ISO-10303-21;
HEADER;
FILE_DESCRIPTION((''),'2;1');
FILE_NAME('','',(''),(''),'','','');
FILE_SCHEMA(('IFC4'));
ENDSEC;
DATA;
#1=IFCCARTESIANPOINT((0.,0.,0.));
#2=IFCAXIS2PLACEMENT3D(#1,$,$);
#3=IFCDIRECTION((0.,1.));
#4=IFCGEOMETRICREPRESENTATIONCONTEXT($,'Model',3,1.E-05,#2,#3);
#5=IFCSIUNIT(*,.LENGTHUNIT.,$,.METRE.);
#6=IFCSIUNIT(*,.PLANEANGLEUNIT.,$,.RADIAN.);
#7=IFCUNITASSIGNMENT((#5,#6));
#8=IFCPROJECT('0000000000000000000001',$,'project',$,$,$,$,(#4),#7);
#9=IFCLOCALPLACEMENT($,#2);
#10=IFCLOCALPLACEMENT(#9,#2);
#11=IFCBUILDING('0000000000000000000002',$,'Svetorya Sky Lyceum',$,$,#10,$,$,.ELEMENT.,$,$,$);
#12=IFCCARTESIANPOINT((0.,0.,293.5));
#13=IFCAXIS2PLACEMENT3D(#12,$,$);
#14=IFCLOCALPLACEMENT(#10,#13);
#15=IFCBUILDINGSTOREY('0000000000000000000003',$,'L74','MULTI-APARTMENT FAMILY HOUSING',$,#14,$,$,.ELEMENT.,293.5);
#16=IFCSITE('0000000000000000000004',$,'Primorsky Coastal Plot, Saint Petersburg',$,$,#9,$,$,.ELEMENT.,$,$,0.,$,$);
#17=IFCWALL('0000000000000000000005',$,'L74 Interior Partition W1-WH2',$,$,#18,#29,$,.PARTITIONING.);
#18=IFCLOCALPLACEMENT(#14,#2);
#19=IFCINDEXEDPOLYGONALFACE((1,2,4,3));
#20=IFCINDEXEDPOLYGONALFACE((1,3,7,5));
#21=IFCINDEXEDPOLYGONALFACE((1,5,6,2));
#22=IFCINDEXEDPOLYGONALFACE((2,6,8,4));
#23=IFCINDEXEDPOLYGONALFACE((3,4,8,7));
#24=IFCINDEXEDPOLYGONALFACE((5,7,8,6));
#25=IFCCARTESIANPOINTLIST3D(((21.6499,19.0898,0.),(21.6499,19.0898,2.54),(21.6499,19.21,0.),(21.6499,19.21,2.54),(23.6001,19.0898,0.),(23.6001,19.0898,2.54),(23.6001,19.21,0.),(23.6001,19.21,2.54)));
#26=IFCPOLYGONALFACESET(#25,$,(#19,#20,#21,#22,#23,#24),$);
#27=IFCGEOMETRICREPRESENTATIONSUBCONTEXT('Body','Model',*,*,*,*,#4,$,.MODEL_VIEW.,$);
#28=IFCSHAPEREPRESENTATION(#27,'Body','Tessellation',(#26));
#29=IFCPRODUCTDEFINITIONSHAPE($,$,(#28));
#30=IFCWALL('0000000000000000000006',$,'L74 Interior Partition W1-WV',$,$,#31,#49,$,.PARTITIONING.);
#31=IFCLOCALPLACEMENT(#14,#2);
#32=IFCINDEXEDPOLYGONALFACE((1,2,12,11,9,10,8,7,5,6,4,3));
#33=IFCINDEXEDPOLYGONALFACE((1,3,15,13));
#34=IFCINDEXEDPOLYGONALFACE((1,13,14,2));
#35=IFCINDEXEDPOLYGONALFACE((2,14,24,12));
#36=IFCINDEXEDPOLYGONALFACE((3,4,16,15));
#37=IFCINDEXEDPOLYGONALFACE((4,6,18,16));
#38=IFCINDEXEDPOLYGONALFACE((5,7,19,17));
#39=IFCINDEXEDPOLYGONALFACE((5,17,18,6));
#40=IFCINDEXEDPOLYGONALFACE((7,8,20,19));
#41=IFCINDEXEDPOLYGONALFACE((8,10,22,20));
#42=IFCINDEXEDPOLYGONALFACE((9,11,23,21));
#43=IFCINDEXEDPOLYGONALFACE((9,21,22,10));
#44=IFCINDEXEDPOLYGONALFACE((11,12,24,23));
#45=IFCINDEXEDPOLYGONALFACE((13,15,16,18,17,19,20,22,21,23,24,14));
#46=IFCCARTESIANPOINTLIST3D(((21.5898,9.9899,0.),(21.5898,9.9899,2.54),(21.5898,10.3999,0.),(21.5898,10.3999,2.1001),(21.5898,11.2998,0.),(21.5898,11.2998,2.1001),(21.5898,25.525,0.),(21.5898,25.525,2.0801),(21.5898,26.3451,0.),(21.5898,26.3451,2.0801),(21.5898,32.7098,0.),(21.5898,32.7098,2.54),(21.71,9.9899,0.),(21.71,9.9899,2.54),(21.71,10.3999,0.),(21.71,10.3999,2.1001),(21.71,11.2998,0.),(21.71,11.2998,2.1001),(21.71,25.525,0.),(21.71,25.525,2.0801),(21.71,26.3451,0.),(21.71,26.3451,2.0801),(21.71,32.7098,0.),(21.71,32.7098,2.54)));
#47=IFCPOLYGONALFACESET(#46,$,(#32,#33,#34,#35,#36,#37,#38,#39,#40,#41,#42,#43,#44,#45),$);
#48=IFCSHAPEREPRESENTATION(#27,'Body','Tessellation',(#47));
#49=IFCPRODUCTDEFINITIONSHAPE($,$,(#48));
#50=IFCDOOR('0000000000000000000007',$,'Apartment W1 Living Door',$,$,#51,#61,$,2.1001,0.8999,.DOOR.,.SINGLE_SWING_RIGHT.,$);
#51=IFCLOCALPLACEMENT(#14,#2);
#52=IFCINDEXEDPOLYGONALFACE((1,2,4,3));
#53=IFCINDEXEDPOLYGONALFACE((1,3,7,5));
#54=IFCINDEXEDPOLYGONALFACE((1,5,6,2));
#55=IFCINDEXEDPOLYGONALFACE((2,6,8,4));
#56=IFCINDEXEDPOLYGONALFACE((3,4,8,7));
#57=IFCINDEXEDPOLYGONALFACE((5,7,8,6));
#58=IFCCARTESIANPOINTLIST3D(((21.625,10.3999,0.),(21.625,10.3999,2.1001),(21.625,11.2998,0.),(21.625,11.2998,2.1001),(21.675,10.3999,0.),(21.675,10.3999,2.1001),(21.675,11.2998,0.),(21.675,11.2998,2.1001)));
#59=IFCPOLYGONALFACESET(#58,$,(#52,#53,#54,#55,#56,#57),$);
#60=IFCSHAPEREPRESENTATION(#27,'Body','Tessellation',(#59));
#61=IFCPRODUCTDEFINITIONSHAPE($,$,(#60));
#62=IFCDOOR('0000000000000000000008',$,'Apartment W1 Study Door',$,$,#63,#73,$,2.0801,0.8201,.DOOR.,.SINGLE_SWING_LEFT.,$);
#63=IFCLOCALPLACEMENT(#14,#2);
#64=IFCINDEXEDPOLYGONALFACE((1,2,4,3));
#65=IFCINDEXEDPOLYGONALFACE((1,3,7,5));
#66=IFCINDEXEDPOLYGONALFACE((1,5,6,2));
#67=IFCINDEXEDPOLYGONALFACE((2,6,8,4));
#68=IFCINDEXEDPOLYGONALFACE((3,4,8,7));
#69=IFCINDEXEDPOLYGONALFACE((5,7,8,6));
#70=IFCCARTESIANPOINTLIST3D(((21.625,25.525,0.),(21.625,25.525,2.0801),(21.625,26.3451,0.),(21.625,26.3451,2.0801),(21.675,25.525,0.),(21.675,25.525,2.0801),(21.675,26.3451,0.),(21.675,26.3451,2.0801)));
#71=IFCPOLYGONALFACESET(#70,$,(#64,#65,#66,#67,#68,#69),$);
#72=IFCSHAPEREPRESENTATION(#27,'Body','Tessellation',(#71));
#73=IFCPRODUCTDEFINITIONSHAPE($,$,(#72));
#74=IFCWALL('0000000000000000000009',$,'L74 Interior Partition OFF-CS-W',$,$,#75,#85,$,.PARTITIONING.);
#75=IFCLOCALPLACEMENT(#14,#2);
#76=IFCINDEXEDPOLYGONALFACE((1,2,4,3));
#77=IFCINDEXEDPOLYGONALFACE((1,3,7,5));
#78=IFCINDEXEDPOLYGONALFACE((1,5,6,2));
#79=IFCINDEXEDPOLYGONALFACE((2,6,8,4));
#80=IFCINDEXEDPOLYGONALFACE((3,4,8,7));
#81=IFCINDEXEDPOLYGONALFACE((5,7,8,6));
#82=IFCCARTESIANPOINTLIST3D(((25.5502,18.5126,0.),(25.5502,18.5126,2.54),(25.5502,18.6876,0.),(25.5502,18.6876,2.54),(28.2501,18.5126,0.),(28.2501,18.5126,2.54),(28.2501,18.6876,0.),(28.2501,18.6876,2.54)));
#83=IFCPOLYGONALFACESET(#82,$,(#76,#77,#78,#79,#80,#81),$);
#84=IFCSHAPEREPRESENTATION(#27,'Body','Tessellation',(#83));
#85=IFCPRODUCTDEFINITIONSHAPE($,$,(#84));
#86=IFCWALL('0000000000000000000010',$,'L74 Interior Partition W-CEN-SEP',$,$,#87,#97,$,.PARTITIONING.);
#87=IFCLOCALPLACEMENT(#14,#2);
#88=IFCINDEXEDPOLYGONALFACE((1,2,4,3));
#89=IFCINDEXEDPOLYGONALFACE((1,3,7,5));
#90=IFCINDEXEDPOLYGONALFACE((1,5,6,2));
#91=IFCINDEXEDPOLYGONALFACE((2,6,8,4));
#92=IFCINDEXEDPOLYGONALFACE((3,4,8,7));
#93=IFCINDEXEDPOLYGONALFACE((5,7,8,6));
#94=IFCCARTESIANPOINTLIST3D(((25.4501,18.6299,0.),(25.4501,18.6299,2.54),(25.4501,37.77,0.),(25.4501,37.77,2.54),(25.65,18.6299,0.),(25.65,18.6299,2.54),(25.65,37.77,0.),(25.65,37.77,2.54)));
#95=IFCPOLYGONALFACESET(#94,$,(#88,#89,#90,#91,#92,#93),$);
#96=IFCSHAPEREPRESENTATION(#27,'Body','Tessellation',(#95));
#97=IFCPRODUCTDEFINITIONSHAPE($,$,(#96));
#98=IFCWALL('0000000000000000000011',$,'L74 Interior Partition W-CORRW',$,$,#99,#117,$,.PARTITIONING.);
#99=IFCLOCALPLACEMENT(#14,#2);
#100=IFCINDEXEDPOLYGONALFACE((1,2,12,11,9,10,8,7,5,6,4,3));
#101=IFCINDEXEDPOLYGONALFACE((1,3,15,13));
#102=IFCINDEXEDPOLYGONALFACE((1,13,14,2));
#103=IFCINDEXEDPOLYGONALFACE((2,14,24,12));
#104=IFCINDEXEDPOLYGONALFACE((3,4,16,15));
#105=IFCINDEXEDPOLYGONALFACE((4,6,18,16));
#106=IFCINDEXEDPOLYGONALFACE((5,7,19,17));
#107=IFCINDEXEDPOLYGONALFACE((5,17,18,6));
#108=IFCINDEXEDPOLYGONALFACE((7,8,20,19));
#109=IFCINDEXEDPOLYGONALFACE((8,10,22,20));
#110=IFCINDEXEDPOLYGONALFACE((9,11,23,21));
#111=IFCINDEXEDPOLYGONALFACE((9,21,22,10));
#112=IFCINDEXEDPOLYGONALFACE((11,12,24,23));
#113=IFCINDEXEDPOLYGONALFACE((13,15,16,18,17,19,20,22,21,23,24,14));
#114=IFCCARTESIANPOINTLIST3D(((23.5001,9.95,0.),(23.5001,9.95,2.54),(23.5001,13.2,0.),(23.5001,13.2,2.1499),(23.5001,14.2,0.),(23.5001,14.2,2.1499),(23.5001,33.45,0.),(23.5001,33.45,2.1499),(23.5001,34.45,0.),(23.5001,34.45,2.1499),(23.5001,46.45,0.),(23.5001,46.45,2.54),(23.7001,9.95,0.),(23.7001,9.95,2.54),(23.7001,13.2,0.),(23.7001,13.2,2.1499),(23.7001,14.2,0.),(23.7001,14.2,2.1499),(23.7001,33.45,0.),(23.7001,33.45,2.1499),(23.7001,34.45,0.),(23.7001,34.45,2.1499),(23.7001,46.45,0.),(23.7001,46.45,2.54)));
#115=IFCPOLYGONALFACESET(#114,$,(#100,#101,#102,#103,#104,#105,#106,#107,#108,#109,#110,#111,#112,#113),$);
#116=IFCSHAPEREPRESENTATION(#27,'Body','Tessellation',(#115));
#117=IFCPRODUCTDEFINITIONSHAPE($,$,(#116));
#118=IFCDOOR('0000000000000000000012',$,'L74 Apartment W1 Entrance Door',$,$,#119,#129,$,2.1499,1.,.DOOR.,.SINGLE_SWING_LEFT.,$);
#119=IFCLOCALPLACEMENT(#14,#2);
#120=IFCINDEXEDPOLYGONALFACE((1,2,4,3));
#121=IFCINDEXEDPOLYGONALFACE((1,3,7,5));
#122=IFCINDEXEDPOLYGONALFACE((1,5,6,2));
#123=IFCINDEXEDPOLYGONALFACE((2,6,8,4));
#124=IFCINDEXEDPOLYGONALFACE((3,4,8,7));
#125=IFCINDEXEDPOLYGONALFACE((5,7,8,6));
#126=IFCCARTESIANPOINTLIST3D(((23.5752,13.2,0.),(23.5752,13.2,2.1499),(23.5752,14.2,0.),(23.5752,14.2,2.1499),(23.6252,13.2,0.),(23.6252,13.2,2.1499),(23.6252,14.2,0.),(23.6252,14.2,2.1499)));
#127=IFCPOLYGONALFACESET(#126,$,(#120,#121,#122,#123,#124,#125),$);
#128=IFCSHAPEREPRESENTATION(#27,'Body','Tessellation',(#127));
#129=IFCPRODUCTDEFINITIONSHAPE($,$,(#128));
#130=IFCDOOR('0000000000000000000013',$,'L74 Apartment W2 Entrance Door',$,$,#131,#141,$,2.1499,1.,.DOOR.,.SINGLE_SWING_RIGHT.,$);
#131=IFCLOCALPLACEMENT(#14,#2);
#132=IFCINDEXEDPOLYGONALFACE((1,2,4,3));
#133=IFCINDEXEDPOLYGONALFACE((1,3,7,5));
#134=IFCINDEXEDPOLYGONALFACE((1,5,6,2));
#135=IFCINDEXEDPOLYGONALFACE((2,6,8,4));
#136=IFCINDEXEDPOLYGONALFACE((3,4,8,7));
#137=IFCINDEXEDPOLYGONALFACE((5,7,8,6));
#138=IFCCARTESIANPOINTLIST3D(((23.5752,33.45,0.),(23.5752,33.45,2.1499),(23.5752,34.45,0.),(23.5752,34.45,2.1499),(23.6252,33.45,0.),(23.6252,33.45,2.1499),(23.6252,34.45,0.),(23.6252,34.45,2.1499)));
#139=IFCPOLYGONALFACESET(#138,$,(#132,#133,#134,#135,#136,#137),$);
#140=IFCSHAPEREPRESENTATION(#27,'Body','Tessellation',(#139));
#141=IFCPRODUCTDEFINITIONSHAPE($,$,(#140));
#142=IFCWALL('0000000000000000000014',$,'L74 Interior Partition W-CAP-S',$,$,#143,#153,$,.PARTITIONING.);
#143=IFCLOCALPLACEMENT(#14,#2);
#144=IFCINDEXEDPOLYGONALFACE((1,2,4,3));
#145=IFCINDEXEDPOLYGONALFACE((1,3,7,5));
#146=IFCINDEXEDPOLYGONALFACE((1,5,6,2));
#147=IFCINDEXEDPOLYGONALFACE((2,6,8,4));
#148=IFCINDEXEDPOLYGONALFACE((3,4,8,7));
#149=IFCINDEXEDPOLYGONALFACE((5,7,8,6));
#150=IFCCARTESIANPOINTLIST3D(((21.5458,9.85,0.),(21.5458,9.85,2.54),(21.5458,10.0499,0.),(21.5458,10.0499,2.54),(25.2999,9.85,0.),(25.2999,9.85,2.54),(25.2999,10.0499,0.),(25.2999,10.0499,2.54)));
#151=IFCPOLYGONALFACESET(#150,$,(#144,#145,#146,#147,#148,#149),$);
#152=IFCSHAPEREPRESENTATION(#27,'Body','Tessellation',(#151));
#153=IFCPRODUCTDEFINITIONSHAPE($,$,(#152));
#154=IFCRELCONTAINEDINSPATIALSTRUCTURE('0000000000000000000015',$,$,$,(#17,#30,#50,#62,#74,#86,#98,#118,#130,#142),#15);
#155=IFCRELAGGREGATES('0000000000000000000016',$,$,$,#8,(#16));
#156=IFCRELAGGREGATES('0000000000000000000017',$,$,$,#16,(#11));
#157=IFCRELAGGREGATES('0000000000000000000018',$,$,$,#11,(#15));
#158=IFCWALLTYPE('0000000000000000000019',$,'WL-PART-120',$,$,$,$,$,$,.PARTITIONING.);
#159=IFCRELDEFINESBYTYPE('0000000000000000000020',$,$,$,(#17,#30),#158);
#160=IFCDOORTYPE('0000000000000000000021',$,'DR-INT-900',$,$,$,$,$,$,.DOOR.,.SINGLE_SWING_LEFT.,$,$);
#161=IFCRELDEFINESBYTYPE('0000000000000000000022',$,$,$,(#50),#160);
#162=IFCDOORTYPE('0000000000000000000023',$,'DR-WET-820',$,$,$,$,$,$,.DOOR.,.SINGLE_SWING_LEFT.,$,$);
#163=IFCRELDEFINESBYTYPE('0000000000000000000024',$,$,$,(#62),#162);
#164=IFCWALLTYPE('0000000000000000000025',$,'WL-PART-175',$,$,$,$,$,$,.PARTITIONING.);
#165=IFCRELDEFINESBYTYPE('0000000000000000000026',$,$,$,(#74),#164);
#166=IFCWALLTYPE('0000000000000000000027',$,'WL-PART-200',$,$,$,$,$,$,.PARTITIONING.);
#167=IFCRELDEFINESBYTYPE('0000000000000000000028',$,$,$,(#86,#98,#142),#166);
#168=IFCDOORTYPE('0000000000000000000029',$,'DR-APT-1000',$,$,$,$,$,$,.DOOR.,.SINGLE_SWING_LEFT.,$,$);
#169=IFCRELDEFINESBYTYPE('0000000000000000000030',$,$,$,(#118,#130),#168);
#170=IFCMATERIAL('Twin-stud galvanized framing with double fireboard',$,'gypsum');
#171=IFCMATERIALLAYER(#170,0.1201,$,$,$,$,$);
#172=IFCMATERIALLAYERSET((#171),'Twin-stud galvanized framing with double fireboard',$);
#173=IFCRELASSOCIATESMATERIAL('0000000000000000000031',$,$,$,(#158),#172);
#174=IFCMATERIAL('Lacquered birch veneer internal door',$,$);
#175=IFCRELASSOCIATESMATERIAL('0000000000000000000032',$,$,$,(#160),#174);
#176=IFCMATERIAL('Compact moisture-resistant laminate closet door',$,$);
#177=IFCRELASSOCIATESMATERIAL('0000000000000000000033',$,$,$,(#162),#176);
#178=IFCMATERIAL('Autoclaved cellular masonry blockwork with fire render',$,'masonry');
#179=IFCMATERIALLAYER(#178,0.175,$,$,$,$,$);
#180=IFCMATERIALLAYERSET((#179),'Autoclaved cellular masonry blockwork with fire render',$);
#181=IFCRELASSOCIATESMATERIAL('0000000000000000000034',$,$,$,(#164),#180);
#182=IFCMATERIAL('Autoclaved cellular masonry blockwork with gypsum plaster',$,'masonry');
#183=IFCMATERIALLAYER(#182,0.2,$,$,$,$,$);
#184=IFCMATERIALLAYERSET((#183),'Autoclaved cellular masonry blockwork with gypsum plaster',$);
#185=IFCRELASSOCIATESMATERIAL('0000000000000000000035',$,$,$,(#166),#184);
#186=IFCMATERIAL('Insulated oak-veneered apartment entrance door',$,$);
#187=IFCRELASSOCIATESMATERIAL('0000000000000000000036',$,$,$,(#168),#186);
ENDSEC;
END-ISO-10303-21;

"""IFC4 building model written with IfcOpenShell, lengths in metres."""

from ifc_helpers import new_model, si_unit, direction, frame, frame_2d, origin, place, context, subcontext, project, spatial, rectangle, extrude, material, layer, layer_set, type_object, element, fill, save


model = new_model("IFC4")

# Units and contexts
model_context = context("Model", 3, precision=1e-05, world=origin(), true_north=direction((0.0, 1.0)))
body_context = subcontext(model_context, "Body", "Model", "MODEL_VIEW")
ifc_project = project(units=[si_unit("LENGTHUNIT", "METRE"), si_unit("PLANEANGLEUNIT", "RADIAN")], contexts=[model_context])

# Site, building, storey
site_placement = place(None, origin())
site = spatial("IfcSite", under=ifc_project, at=site_placement, Name="Primorsky Coastal Plot, Saint Petersburg", CompositionType="ELEMENT", RefElevation=0.0)
building_placement = place(site_placement, origin())
building = spatial("IfcBuilding", under=site, at=building_placement, Name="Svetorya Sky Lyceum", CompositionType="ELEMENT")
storey_placement = place(building_placement, frame((0.0, 0.0, 293.5)))
storey = spatial("IfcBuildingStorey", under=building, at=storey_placement, Name="L74", Description="MULTI-APARTMENT FAMILY HOUSING", CompositionType="ELEMENT", Elevation=293.5)

# Shared definitions
ifc_material_1 = material(Name="Twin-stud galvanized framing with double fireboard", Category="gypsum")
ifc_layer_1 = layer(ifc_material_1, 0.1201)
ifc_layer_set_1 = layer_set([ifc_layer_1], Name="Twin-stud galvanized framing with double fireboard")
wall_type_1 = type_object("IfcWallType", Name="WL-PART-120", PredefinedType="PARTITIONING", material=ifc_layer_set_1)

# Wall
wall_1_placement = place(storey_placement, frame((21.6499, 19.1499, 0.0), z_axis=(0.0, 0.0, 1.0), x_axis=(1.0, 0.0, 0.0)))
element("IfcWall", 1, at=wall_1_placement, inside=storey, type_object=wall_type_1, Name="L74 Interior Partition W1-WH2", PredefinedType="PARTITIONING", context=body_context, shape_type="SweptSolid", body=[
    extrude(rectangle(XDim=1.9502, YDim=0.1201, at=frame_2d((0.9751, 0.0))), origin(), (0.0, 0.0, 1.0), 2.54),
])

# Wall, openings, doors
wall_2_placement = place(storey_placement, frame((21.6499, 9.99, 0.0), z_axis=(0.0, 0.0, 1.0), x_axis=(0.0, 1.0, 0.0)))
wall_2 = element("IfcWall", 2, at=wall_2_placement, inside=storey, type_object=wall_type_1, Name="L74 Interior Partition W1-WV", PredefinedType="PARTITIONING", context=body_context, shape_type="SweptSolid", body=[
    extrude(rectangle(XDim=22.72, YDim=0.1201, at=frame_2d((11.3599, 0.0))), origin(), (0.0, 0.0, 1.0), 2.54),
])
opening_1_placement = place(wall_2_placement, frame((0.4099, 0.0, 0.0)))
opening_1 = element("IfcOpeningElement", 3, at=opening_1_placement, cuts=wall_2, PredefinedType="OPENING", context=body_context, shape_type="SweptSolid", body=[
    extrude(rectangle(XDim=0.8999, YDim=2.1001, at=frame_2d((0.45, 1.05))), frame((0.0, 0.0701, 0.0), z_axis=(0.0, -1.0, 0.0), x_axis=(1.0, 0.0, 0.0)), (0.0, 0.0, 1.0), 0.1401),
])
opening_2_placement = place(wall_2_placement, frame((15.5349, 0.0, 0.0)))
opening_2 = element("IfcOpeningElement", 4, at=opening_2_placement, cuts=wall_2, PredefinedType="OPENING", context=body_context, shape_type="SweptSolid", body=[
    extrude(rectangle(XDim=0.8201, YDim=2.0801, at=frame_2d((0.4102, 1.04))), frame((0.0, 0.0701, 0.0), z_axis=(0.0, -1.0, 0.0), x_axis=(1.0, 0.0, 0.0)), (0.0, 0.0, 1.0), 0.1401),
])
ifc_material_2 = material(Name="Lacquered birch veneer internal door")
door_type_1 = type_object("IfcDoorType", Name="DR-INT-900", OperationType="SINGLE_SWING_LEFT", PredefinedType="DOOR", material=ifc_material_2)
door_1_placement = place(opening_1_placement, origin())
door_1 = element("IfcDoor", 5, at=door_1_placement, inside=storey, type_object=door_type_1, Name="Apartment W1 Living Door", OperationType="SINGLE_SWING_RIGHT", OverallHeight=2.1001, OverallWidth=0.8999, PredefinedType="DOOR", context=body_context, shape_type="SweptSolid", body=[
    extrude(rectangle(XDim=0.8999, YDim=2.1001, at=frame_2d((0.45, 1.05))), frame((0.0, 0.0249, 0.0), z_axis=(0.0, -1.0, 0.0), x_axis=(1.0, 0.0, 0.0)), (0.0, 0.0, 1.0), 0.05),
])
fill(opening_1, door_1)
ifc_material_3 = material(Name="Compact moisture-resistant laminate closet door")
door_type_2 = type_object("IfcDoorType", Name="DR-WET-820", OperationType="SINGLE_SWING_LEFT", PredefinedType="DOOR", material=ifc_material_3)
door_2_placement = place(opening_2_placement, origin())
door_2 = element("IfcDoor", 6, at=door_2_placement, inside=storey, type_object=door_type_2, Name="Apartment W1 Study Door", OperationType="SINGLE_SWING_LEFT", OverallHeight=2.0801, OverallWidth=0.8201, PredefinedType="DOOR", context=body_context, shape_type="SweptSolid", body=[
    extrude(rectangle(XDim=0.8201, YDim=2.0801, at=frame_2d((0.4102, 1.04))), frame((0.0, 0.0249, 0.0), z_axis=(0.0, -1.0, 0.0), x_axis=(1.0, 0.0, 0.0)), (0.0, 0.0, 1.0), 0.05),
])
fill(opening_2, door_2)

# Walls
ifc_material_4 = material(Name="Autoclaved cellular masonry blockwork with fire render", Category="masonry")
ifc_layer_2 = layer(ifc_material_4, 0.175)
ifc_layer_set_2 = layer_set([ifc_layer_2], Name="Autoclaved cellular masonry blockwork with fire render")
wall_type_2 = type_object("IfcWallType", Name="WL-PART-175", PredefinedType="PARTITIONING", material=ifc_layer_set_2)
wall_3_placement = place(storey_placement, frame((25.55, 18.6001, 0.0), z_axis=(0.0, 0.0, 1.0), x_axis=(1.0, 0.0, 0.0)))
element("IfcWall", 7, at=wall_3_placement, inside=storey, type_object=wall_type_2, Name="L74 Interior Partition OFF-CS-W", PredefinedType="PARTITIONING", context=body_context, shape_type="SweptSolid", body=[
    extrude(rectangle(XDim=2.7, YDim=0.175, at=frame_2d((1.3501, 0.0))), origin(), (0.0, 0.0, 1.0), 2.54),
])
ifc_material_5 = material(Name="Autoclaved cellular masonry blockwork with gypsum plaster", Category="masonry")
ifc_layer_3 = layer(ifc_material_5, 0.2)
ifc_layer_set_3 = layer_set([ifc_layer_3], Name="Autoclaved cellular masonry blockwork with gypsum plaster")
wall_type_3 = type_object("IfcWallType", Name="WL-PART-200", PredefinedType="PARTITIONING", material=ifc_layer_set_3)
wall_4_placement = place(storey_placement, frame((25.55, 18.6299, 0.0), z_axis=(0.0, 0.0, 1.0), x_axis=(0.0, 1.0, 0.0)))
element("IfcWall", 8, at=wall_4_placement, inside=storey, type_object=wall_type_3, Name="L74 Interior Partition W-CEN-SEP", PredefinedType="PARTITIONING", context=body_context, shape_type="SweptSolid", body=[
    extrude(rectangle(XDim=19.1401, YDim=0.2, at=frame_2d((9.5701, 0.0))), origin(), (0.0, 0.0, 1.0), 2.54),
])

# Wall, openings, doors
wall_5_placement = place(storey_placement, frame((23.6001, 9.95, 0.0), z_axis=(0.0, 0.0, 1.0), x_axis=(0.0, 1.0, 0.0)))
wall_5 = element("IfcWall", 9, at=wall_5_placement, inside=storey, type_object=wall_type_3, Name="L74 Interior Partition W-CORRW", PredefinedType="PARTITIONING", context=body_context, shape_type="SweptSolid", body=[
    extrude(rectangle(XDim=36.5, YDim=0.2, at=frame_2d((18.25, 0.0))), origin(), (0.0, 0.0, 1.0), 2.54),
])
opening_3_placement = place(wall_5_placement, frame((3.25, 0.0, 0.0)))
opening_3 = element("IfcOpeningElement", 10, at=opening_3_placement, cuts=wall_5, PredefinedType="OPENING", context=body_context, shape_type="SweptSolid", body=[
    extrude(rectangle(XDim=1.0, YDim=2.1499, at=frame_2d((0.5, 1.075))), frame((0.0, 0.1099, 0.0), z_axis=(0.0, -1.0, 0.0), x_axis=(1.0, 0.0, 0.0)), (0.0, 0.0, 1.0), 0.22),
])
opening_4_placement = place(wall_5_placement, frame((23.5, 0.0, 0.0)))
opening_4 = element("IfcOpeningElement", 11, at=opening_4_placement, cuts=wall_5, PredefinedType="OPENING", context=body_context, shape_type="SweptSolid", body=[
    extrude(rectangle(XDim=1.0, YDim=2.1499, at=frame_2d((0.5, 1.075))), frame((0.0, 0.1099, 0.0), z_axis=(0.0, -1.0, 0.0), x_axis=(1.0, 0.0, 0.0)), (0.0, 0.0, 1.0), 0.22),
])
ifc_material_6 = material(Name="Insulated oak-veneered apartment entrance door")
door_type_3 = type_object("IfcDoorType", Name="DR-APT-1000", OperationType="SINGLE_SWING_LEFT", PredefinedType="DOOR", material=ifc_material_6)
door_3_placement = place(opening_3_placement, origin())
door_3 = element("IfcDoor", 12, at=door_3_placement, inside=storey, type_object=door_type_3, Name="L74 Apartment W1 Entrance Door", OperationType="SINGLE_SWING_LEFT", OverallHeight=2.1499, OverallWidth=1.0, PredefinedType="DOOR", context=body_context, shape_type="SweptSolid", body=[
    extrude(rectangle(XDim=1.0, YDim=2.1499, at=frame_2d((0.5, 1.075))), frame((0.0, 0.0249, 0.0), z_axis=(0.0, -1.0, 0.0), x_axis=(1.0, 0.0, 0.0)), (0.0, 0.0, 1.0), 0.05),
])
fill(opening_3, door_3)
door_4_placement = place(opening_4_placement, origin())
door_4 = element("IfcDoor", 13, at=door_4_placement, inside=storey, type_object=door_type_3, Name="L74 Apartment W2 Entrance Door", OperationType="SINGLE_SWING_RIGHT", OverallHeight=2.1499, OverallWidth=1.0, PredefinedType="DOOR", context=body_context, shape_type="SweptSolid", body=[
    extrude(rectangle(XDim=1.0, YDim=2.1499, at=frame_2d((0.5, 1.075))), frame((0.0, 0.0249, 0.0), z_axis=(0.0, -1.0, 0.0), x_axis=(1.0, 0.0, 0.0)), (0.0, 0.0, 1.0), 0.05),
])
fill(opening_4, door_4)

# Wall
wall_6_placement = place(storey_placement, frame((21.5459, 9.95, 0.0), z_axis=(0.0, 0.0, 1.0), x_axis=(1.0, 0.0, 0.0)))
element("IfcWall", 14, at=wall_6_placement, inside=storey, type_object=wall_type_3, Name="L74 Interior Partition W-CAP-S", PredefinedType="PARTITIONING", context=body_context, shape_type="SweptSolid", body=[
    extrude(rectangle(XDim=3.7542, YDim=0.2, at=frame_2d((1.877, 0.0))), origin(), (0.0, 0.0, 1.0), 2.54),
])

save(model, "model.ifc")
